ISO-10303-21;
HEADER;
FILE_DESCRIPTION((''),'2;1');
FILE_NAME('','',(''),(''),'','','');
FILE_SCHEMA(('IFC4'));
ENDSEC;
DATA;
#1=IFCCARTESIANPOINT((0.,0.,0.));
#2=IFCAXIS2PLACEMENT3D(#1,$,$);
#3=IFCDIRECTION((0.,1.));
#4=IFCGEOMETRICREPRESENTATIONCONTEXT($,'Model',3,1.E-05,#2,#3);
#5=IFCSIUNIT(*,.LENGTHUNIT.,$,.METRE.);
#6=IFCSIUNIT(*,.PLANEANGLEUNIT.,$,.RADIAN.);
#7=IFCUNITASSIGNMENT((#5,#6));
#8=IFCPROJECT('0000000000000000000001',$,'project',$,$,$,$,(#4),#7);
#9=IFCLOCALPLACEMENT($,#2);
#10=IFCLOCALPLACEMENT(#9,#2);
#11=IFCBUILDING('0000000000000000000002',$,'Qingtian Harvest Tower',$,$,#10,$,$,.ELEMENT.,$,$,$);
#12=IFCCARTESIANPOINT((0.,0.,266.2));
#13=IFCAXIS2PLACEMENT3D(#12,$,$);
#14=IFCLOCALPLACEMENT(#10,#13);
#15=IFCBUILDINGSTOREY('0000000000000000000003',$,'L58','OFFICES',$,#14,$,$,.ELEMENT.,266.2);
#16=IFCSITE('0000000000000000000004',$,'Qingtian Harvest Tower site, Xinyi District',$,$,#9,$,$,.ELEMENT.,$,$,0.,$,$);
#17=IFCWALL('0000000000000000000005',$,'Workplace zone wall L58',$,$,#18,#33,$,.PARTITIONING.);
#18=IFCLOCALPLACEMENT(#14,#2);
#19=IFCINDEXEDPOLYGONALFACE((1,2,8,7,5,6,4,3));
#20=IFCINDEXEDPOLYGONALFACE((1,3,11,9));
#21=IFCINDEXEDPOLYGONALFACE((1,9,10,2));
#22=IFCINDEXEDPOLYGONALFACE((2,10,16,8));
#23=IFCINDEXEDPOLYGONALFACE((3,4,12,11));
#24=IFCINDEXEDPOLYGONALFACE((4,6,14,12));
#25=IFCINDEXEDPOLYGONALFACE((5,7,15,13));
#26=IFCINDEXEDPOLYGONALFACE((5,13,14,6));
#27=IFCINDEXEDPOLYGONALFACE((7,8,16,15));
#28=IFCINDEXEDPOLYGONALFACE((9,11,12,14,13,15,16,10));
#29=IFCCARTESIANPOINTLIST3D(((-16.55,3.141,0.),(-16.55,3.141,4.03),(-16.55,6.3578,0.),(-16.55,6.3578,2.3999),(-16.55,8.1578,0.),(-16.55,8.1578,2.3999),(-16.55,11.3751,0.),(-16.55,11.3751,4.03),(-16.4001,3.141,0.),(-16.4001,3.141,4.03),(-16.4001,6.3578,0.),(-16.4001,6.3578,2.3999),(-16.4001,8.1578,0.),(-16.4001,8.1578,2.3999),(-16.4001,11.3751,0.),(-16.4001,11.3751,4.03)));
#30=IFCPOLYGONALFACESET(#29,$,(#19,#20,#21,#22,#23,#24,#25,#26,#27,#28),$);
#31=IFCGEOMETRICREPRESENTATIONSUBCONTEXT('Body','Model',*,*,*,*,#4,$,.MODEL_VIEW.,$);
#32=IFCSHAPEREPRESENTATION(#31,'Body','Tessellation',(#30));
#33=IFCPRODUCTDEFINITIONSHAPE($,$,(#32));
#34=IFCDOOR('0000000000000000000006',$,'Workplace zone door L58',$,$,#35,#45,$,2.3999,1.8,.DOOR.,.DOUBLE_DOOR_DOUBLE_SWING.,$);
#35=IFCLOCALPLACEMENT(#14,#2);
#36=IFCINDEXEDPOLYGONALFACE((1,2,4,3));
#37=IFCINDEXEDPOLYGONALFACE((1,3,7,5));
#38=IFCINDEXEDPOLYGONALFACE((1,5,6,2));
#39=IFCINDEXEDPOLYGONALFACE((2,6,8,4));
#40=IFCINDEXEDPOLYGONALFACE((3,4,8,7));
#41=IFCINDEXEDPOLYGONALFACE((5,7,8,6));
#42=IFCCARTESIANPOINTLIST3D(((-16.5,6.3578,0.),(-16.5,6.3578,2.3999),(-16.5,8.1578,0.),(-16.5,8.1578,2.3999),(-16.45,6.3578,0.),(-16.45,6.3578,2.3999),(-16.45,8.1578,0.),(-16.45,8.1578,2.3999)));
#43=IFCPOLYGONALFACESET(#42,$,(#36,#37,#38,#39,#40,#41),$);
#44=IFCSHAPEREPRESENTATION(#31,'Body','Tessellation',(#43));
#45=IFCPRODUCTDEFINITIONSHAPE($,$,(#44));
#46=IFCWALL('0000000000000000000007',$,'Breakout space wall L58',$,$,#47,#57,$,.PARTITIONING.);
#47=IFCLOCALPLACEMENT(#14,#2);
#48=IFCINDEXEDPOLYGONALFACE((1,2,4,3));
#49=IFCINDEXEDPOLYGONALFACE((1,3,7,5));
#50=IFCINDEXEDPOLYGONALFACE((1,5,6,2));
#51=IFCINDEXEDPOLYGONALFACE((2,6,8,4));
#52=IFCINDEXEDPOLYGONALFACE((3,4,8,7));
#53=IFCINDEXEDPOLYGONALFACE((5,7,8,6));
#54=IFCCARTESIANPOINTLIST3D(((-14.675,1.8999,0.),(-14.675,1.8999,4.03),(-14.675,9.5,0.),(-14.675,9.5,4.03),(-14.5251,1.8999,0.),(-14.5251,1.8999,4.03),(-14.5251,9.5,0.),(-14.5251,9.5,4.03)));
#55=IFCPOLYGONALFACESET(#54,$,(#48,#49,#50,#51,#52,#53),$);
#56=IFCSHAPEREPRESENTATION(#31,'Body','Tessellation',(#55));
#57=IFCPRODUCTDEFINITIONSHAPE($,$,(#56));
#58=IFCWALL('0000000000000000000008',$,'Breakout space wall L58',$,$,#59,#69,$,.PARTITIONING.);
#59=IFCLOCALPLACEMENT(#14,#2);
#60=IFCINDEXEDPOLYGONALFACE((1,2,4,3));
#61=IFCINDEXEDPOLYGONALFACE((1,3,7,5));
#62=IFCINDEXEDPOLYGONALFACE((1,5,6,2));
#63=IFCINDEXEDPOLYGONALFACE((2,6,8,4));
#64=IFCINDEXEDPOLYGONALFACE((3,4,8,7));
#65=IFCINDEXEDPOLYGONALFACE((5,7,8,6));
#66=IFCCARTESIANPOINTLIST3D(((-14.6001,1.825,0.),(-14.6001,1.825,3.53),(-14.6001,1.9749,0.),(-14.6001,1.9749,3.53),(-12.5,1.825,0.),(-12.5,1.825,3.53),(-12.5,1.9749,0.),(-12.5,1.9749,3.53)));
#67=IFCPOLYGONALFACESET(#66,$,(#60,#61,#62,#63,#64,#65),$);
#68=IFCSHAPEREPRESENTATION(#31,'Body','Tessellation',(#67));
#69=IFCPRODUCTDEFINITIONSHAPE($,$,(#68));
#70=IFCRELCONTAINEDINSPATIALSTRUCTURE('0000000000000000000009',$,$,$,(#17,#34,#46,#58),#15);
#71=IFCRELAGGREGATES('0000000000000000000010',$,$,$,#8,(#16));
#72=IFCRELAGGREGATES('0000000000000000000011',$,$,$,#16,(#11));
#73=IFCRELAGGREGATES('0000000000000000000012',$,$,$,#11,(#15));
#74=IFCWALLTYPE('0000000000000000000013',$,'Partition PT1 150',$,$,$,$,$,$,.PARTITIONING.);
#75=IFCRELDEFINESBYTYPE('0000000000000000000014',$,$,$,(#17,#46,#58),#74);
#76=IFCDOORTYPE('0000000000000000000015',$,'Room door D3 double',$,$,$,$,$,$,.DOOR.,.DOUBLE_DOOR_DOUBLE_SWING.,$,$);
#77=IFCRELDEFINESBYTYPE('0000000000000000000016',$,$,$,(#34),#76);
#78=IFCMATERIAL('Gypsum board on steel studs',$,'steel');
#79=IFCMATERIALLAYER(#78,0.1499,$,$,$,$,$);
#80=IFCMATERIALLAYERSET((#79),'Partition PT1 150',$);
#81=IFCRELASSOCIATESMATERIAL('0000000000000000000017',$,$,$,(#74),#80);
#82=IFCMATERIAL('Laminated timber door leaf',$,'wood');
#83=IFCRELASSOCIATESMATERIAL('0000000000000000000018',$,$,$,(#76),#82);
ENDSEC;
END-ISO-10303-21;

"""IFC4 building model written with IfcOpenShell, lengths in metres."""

from ifc_helpers import new_model, si_unit, direction, frame, frame_2d, origin, place, context, subcontext, project, spatial, rectangle, extrude, material, layer, layer_set, type_object, element, fill, save


model = new_model("IFC4")

# Units and contexts
model_context = context("Model", 3, precision=1e-05, world=origin(), true_north=direction((0.0, 1.0)))
body_context = subcontext(model_context, "Body", "Model", "MODEL_VIEW")
ifc_project = project(units=[si_unit("LENGTHUNIT", "METRE"), si_unit("PLANEANGLEUNIT", "RADIAN")], contexts=[model_context])

# Site, building, storey
site_placement = place(None, origin())
site = spatial("IfcSite", under=ifc_project, at=site_placement, Name="Qingtian Harvest Tower site, Xinyi District", CompositionType="ELEMENT", RefElevation=0.0)
building_placement = place(site_placement, origin())
building = spatial("IfcBuilding", under=site, at=building_placement, Name="Qingtian Harvest Tower", CompositionType="ELEMENT")
storey_placement = place(building_placement, frame((0.0, 0.0, 266.2)))
storey = spatial("IfcBuildingStorey", under=building, at=storey_placement, Name="L58", Description="OFFICES", CompositionType="ELEMENT", Elevation=266.2)

# Shared definitions
ifc_material_1 = material(Name="Gypsum board on steel studs", Category="steel")
ifc_layer_1 = layer(ifc_material_1, 0.1499)
ifc_layer_set_1 = layer_set([ifc_layer_1], Name="Partition PT1 150")
wall_type_1 = type_object("IfcWallType", Name="Partition PT1 150", PredefinedType="PARTITIONING", material=ifc_layer_set_1)

# Wall, opening, door
wall_1_placement = place(storey_placement, frame((-16.4751, 3.1409, 0.0), z_axis=(0.0, 0.0, 1.0), x_axis=(0.0, 1.0, 0.0)))
wall_1 = element("IfcWall", 1, at=wall_1_placement, inside=storey, type_object=wall_type_1, Name="Workplace zone wall L58", PredefinedType="PARTITIONING", context=body_context, shape_type="SweptSolid", body=[
    extrude(rectangle(XDim=8.2341, YDim=0.1499, at=frame_2d((4.1172, 0.0))), origin(), (0.0, 0.0, 1.0), 4.03),
])
opening_1_placement = place(wall_1_placement, frame((3.217, 0.0, 0.0)))
opening_1 = element("IfcOpeningElement", 2, at=opening_1_placement, cuts=wall_1, PredefinedType="OPENING", context=body_context, shape_type="SweptSolid", body=[
    extrude(rectangle(XDim=1.8, YDim=2.3999, at=frame_2d((0.8999, 1.2))), frame((0.0, 0.085, 0.0), z_axis=(0.0, -1.0, 0.0), x_axis=(1.0, 0.0, 0.0)), (0.0, 0.0, 1.0), 0.1699),
])
ifc_material_2 = material(Name="Laminated timber door leaf", Category="wood")
door_type_1 = type_object("IfcDoorType", Name="Room door D3 double", OperationType="DOUBLE_DOOR_DOUBLE_SWING", PredefinedType="DOOR", material=ifc_material_2)
door_1_placement = place(opening_1_placement, origin())
door_1 = element("IfcDoor", 3, at=door_1_placement, inside=storey, type_object=door_type_1, Name="Workplace zone door L58", OperationType="DOUBLE_DOOR_DOUBLE_SWING", OverallHeight=2.3999, OverallWidth=1.8, PredefinedType="DOOR", context=body_context, shape_type="SweptSolid", body=[
    extrude(rectangle(XDim=1.8, YDim=2.3999, at=frame_2d((0.8999, 1.2))), frame((0.0, 0.0249, 0.0), z_axis=(0.0, -1.0, 0.0), x_axis=(1.0, 0.0, 0.0)), (0.0, 0.0, 1.0), 0.05),
])
fill(opening_1, door_1)

# Walls
wall_2_placement = place(storey_placement, frame((-14.6001, 1.8999, 0.0), z_axis=(0.0, 0.0, 1.0), x_axis=(0.0, 1.0, 0.0)))
element("IfcWall", 4, at=wall_2_placement, inside=storey, type_object=wall_type_1, Name="Breakout space wall L58", PredefinedType="PARTITIONING", context=body_context, shape_type="SweptSolid", body=[
    extrude(rectangle(XDim=7.6001, YDim=0.1499, at=frame_2d((3.8, 0.0))), origin(), (0.0, 0.0, 1.0), 4.03),
])
wall_3_placement = place(storey_placement, frame((-12.5, 1.8999, 0.0), z_axis=(0.0, 0.0, 1.0), x_axis=(-1.0, 0.0, 0.0)))
element("IfcWall", 5, at=wall_3_placement, inside=storey, type_object=wall_type_1, Name="Breakout space wall L58", PredefinedType="PARTITIONING", context=body_context, shape_type="SweptSolid", body=[
    extrude(rectangle(XDim=2.1001, YDim=0.1499, at=frame_2d((1.05, 0.0))), origin(), (0.0, 0.0, 1.0), 3.53),
])

save(model, "model.ifc")
